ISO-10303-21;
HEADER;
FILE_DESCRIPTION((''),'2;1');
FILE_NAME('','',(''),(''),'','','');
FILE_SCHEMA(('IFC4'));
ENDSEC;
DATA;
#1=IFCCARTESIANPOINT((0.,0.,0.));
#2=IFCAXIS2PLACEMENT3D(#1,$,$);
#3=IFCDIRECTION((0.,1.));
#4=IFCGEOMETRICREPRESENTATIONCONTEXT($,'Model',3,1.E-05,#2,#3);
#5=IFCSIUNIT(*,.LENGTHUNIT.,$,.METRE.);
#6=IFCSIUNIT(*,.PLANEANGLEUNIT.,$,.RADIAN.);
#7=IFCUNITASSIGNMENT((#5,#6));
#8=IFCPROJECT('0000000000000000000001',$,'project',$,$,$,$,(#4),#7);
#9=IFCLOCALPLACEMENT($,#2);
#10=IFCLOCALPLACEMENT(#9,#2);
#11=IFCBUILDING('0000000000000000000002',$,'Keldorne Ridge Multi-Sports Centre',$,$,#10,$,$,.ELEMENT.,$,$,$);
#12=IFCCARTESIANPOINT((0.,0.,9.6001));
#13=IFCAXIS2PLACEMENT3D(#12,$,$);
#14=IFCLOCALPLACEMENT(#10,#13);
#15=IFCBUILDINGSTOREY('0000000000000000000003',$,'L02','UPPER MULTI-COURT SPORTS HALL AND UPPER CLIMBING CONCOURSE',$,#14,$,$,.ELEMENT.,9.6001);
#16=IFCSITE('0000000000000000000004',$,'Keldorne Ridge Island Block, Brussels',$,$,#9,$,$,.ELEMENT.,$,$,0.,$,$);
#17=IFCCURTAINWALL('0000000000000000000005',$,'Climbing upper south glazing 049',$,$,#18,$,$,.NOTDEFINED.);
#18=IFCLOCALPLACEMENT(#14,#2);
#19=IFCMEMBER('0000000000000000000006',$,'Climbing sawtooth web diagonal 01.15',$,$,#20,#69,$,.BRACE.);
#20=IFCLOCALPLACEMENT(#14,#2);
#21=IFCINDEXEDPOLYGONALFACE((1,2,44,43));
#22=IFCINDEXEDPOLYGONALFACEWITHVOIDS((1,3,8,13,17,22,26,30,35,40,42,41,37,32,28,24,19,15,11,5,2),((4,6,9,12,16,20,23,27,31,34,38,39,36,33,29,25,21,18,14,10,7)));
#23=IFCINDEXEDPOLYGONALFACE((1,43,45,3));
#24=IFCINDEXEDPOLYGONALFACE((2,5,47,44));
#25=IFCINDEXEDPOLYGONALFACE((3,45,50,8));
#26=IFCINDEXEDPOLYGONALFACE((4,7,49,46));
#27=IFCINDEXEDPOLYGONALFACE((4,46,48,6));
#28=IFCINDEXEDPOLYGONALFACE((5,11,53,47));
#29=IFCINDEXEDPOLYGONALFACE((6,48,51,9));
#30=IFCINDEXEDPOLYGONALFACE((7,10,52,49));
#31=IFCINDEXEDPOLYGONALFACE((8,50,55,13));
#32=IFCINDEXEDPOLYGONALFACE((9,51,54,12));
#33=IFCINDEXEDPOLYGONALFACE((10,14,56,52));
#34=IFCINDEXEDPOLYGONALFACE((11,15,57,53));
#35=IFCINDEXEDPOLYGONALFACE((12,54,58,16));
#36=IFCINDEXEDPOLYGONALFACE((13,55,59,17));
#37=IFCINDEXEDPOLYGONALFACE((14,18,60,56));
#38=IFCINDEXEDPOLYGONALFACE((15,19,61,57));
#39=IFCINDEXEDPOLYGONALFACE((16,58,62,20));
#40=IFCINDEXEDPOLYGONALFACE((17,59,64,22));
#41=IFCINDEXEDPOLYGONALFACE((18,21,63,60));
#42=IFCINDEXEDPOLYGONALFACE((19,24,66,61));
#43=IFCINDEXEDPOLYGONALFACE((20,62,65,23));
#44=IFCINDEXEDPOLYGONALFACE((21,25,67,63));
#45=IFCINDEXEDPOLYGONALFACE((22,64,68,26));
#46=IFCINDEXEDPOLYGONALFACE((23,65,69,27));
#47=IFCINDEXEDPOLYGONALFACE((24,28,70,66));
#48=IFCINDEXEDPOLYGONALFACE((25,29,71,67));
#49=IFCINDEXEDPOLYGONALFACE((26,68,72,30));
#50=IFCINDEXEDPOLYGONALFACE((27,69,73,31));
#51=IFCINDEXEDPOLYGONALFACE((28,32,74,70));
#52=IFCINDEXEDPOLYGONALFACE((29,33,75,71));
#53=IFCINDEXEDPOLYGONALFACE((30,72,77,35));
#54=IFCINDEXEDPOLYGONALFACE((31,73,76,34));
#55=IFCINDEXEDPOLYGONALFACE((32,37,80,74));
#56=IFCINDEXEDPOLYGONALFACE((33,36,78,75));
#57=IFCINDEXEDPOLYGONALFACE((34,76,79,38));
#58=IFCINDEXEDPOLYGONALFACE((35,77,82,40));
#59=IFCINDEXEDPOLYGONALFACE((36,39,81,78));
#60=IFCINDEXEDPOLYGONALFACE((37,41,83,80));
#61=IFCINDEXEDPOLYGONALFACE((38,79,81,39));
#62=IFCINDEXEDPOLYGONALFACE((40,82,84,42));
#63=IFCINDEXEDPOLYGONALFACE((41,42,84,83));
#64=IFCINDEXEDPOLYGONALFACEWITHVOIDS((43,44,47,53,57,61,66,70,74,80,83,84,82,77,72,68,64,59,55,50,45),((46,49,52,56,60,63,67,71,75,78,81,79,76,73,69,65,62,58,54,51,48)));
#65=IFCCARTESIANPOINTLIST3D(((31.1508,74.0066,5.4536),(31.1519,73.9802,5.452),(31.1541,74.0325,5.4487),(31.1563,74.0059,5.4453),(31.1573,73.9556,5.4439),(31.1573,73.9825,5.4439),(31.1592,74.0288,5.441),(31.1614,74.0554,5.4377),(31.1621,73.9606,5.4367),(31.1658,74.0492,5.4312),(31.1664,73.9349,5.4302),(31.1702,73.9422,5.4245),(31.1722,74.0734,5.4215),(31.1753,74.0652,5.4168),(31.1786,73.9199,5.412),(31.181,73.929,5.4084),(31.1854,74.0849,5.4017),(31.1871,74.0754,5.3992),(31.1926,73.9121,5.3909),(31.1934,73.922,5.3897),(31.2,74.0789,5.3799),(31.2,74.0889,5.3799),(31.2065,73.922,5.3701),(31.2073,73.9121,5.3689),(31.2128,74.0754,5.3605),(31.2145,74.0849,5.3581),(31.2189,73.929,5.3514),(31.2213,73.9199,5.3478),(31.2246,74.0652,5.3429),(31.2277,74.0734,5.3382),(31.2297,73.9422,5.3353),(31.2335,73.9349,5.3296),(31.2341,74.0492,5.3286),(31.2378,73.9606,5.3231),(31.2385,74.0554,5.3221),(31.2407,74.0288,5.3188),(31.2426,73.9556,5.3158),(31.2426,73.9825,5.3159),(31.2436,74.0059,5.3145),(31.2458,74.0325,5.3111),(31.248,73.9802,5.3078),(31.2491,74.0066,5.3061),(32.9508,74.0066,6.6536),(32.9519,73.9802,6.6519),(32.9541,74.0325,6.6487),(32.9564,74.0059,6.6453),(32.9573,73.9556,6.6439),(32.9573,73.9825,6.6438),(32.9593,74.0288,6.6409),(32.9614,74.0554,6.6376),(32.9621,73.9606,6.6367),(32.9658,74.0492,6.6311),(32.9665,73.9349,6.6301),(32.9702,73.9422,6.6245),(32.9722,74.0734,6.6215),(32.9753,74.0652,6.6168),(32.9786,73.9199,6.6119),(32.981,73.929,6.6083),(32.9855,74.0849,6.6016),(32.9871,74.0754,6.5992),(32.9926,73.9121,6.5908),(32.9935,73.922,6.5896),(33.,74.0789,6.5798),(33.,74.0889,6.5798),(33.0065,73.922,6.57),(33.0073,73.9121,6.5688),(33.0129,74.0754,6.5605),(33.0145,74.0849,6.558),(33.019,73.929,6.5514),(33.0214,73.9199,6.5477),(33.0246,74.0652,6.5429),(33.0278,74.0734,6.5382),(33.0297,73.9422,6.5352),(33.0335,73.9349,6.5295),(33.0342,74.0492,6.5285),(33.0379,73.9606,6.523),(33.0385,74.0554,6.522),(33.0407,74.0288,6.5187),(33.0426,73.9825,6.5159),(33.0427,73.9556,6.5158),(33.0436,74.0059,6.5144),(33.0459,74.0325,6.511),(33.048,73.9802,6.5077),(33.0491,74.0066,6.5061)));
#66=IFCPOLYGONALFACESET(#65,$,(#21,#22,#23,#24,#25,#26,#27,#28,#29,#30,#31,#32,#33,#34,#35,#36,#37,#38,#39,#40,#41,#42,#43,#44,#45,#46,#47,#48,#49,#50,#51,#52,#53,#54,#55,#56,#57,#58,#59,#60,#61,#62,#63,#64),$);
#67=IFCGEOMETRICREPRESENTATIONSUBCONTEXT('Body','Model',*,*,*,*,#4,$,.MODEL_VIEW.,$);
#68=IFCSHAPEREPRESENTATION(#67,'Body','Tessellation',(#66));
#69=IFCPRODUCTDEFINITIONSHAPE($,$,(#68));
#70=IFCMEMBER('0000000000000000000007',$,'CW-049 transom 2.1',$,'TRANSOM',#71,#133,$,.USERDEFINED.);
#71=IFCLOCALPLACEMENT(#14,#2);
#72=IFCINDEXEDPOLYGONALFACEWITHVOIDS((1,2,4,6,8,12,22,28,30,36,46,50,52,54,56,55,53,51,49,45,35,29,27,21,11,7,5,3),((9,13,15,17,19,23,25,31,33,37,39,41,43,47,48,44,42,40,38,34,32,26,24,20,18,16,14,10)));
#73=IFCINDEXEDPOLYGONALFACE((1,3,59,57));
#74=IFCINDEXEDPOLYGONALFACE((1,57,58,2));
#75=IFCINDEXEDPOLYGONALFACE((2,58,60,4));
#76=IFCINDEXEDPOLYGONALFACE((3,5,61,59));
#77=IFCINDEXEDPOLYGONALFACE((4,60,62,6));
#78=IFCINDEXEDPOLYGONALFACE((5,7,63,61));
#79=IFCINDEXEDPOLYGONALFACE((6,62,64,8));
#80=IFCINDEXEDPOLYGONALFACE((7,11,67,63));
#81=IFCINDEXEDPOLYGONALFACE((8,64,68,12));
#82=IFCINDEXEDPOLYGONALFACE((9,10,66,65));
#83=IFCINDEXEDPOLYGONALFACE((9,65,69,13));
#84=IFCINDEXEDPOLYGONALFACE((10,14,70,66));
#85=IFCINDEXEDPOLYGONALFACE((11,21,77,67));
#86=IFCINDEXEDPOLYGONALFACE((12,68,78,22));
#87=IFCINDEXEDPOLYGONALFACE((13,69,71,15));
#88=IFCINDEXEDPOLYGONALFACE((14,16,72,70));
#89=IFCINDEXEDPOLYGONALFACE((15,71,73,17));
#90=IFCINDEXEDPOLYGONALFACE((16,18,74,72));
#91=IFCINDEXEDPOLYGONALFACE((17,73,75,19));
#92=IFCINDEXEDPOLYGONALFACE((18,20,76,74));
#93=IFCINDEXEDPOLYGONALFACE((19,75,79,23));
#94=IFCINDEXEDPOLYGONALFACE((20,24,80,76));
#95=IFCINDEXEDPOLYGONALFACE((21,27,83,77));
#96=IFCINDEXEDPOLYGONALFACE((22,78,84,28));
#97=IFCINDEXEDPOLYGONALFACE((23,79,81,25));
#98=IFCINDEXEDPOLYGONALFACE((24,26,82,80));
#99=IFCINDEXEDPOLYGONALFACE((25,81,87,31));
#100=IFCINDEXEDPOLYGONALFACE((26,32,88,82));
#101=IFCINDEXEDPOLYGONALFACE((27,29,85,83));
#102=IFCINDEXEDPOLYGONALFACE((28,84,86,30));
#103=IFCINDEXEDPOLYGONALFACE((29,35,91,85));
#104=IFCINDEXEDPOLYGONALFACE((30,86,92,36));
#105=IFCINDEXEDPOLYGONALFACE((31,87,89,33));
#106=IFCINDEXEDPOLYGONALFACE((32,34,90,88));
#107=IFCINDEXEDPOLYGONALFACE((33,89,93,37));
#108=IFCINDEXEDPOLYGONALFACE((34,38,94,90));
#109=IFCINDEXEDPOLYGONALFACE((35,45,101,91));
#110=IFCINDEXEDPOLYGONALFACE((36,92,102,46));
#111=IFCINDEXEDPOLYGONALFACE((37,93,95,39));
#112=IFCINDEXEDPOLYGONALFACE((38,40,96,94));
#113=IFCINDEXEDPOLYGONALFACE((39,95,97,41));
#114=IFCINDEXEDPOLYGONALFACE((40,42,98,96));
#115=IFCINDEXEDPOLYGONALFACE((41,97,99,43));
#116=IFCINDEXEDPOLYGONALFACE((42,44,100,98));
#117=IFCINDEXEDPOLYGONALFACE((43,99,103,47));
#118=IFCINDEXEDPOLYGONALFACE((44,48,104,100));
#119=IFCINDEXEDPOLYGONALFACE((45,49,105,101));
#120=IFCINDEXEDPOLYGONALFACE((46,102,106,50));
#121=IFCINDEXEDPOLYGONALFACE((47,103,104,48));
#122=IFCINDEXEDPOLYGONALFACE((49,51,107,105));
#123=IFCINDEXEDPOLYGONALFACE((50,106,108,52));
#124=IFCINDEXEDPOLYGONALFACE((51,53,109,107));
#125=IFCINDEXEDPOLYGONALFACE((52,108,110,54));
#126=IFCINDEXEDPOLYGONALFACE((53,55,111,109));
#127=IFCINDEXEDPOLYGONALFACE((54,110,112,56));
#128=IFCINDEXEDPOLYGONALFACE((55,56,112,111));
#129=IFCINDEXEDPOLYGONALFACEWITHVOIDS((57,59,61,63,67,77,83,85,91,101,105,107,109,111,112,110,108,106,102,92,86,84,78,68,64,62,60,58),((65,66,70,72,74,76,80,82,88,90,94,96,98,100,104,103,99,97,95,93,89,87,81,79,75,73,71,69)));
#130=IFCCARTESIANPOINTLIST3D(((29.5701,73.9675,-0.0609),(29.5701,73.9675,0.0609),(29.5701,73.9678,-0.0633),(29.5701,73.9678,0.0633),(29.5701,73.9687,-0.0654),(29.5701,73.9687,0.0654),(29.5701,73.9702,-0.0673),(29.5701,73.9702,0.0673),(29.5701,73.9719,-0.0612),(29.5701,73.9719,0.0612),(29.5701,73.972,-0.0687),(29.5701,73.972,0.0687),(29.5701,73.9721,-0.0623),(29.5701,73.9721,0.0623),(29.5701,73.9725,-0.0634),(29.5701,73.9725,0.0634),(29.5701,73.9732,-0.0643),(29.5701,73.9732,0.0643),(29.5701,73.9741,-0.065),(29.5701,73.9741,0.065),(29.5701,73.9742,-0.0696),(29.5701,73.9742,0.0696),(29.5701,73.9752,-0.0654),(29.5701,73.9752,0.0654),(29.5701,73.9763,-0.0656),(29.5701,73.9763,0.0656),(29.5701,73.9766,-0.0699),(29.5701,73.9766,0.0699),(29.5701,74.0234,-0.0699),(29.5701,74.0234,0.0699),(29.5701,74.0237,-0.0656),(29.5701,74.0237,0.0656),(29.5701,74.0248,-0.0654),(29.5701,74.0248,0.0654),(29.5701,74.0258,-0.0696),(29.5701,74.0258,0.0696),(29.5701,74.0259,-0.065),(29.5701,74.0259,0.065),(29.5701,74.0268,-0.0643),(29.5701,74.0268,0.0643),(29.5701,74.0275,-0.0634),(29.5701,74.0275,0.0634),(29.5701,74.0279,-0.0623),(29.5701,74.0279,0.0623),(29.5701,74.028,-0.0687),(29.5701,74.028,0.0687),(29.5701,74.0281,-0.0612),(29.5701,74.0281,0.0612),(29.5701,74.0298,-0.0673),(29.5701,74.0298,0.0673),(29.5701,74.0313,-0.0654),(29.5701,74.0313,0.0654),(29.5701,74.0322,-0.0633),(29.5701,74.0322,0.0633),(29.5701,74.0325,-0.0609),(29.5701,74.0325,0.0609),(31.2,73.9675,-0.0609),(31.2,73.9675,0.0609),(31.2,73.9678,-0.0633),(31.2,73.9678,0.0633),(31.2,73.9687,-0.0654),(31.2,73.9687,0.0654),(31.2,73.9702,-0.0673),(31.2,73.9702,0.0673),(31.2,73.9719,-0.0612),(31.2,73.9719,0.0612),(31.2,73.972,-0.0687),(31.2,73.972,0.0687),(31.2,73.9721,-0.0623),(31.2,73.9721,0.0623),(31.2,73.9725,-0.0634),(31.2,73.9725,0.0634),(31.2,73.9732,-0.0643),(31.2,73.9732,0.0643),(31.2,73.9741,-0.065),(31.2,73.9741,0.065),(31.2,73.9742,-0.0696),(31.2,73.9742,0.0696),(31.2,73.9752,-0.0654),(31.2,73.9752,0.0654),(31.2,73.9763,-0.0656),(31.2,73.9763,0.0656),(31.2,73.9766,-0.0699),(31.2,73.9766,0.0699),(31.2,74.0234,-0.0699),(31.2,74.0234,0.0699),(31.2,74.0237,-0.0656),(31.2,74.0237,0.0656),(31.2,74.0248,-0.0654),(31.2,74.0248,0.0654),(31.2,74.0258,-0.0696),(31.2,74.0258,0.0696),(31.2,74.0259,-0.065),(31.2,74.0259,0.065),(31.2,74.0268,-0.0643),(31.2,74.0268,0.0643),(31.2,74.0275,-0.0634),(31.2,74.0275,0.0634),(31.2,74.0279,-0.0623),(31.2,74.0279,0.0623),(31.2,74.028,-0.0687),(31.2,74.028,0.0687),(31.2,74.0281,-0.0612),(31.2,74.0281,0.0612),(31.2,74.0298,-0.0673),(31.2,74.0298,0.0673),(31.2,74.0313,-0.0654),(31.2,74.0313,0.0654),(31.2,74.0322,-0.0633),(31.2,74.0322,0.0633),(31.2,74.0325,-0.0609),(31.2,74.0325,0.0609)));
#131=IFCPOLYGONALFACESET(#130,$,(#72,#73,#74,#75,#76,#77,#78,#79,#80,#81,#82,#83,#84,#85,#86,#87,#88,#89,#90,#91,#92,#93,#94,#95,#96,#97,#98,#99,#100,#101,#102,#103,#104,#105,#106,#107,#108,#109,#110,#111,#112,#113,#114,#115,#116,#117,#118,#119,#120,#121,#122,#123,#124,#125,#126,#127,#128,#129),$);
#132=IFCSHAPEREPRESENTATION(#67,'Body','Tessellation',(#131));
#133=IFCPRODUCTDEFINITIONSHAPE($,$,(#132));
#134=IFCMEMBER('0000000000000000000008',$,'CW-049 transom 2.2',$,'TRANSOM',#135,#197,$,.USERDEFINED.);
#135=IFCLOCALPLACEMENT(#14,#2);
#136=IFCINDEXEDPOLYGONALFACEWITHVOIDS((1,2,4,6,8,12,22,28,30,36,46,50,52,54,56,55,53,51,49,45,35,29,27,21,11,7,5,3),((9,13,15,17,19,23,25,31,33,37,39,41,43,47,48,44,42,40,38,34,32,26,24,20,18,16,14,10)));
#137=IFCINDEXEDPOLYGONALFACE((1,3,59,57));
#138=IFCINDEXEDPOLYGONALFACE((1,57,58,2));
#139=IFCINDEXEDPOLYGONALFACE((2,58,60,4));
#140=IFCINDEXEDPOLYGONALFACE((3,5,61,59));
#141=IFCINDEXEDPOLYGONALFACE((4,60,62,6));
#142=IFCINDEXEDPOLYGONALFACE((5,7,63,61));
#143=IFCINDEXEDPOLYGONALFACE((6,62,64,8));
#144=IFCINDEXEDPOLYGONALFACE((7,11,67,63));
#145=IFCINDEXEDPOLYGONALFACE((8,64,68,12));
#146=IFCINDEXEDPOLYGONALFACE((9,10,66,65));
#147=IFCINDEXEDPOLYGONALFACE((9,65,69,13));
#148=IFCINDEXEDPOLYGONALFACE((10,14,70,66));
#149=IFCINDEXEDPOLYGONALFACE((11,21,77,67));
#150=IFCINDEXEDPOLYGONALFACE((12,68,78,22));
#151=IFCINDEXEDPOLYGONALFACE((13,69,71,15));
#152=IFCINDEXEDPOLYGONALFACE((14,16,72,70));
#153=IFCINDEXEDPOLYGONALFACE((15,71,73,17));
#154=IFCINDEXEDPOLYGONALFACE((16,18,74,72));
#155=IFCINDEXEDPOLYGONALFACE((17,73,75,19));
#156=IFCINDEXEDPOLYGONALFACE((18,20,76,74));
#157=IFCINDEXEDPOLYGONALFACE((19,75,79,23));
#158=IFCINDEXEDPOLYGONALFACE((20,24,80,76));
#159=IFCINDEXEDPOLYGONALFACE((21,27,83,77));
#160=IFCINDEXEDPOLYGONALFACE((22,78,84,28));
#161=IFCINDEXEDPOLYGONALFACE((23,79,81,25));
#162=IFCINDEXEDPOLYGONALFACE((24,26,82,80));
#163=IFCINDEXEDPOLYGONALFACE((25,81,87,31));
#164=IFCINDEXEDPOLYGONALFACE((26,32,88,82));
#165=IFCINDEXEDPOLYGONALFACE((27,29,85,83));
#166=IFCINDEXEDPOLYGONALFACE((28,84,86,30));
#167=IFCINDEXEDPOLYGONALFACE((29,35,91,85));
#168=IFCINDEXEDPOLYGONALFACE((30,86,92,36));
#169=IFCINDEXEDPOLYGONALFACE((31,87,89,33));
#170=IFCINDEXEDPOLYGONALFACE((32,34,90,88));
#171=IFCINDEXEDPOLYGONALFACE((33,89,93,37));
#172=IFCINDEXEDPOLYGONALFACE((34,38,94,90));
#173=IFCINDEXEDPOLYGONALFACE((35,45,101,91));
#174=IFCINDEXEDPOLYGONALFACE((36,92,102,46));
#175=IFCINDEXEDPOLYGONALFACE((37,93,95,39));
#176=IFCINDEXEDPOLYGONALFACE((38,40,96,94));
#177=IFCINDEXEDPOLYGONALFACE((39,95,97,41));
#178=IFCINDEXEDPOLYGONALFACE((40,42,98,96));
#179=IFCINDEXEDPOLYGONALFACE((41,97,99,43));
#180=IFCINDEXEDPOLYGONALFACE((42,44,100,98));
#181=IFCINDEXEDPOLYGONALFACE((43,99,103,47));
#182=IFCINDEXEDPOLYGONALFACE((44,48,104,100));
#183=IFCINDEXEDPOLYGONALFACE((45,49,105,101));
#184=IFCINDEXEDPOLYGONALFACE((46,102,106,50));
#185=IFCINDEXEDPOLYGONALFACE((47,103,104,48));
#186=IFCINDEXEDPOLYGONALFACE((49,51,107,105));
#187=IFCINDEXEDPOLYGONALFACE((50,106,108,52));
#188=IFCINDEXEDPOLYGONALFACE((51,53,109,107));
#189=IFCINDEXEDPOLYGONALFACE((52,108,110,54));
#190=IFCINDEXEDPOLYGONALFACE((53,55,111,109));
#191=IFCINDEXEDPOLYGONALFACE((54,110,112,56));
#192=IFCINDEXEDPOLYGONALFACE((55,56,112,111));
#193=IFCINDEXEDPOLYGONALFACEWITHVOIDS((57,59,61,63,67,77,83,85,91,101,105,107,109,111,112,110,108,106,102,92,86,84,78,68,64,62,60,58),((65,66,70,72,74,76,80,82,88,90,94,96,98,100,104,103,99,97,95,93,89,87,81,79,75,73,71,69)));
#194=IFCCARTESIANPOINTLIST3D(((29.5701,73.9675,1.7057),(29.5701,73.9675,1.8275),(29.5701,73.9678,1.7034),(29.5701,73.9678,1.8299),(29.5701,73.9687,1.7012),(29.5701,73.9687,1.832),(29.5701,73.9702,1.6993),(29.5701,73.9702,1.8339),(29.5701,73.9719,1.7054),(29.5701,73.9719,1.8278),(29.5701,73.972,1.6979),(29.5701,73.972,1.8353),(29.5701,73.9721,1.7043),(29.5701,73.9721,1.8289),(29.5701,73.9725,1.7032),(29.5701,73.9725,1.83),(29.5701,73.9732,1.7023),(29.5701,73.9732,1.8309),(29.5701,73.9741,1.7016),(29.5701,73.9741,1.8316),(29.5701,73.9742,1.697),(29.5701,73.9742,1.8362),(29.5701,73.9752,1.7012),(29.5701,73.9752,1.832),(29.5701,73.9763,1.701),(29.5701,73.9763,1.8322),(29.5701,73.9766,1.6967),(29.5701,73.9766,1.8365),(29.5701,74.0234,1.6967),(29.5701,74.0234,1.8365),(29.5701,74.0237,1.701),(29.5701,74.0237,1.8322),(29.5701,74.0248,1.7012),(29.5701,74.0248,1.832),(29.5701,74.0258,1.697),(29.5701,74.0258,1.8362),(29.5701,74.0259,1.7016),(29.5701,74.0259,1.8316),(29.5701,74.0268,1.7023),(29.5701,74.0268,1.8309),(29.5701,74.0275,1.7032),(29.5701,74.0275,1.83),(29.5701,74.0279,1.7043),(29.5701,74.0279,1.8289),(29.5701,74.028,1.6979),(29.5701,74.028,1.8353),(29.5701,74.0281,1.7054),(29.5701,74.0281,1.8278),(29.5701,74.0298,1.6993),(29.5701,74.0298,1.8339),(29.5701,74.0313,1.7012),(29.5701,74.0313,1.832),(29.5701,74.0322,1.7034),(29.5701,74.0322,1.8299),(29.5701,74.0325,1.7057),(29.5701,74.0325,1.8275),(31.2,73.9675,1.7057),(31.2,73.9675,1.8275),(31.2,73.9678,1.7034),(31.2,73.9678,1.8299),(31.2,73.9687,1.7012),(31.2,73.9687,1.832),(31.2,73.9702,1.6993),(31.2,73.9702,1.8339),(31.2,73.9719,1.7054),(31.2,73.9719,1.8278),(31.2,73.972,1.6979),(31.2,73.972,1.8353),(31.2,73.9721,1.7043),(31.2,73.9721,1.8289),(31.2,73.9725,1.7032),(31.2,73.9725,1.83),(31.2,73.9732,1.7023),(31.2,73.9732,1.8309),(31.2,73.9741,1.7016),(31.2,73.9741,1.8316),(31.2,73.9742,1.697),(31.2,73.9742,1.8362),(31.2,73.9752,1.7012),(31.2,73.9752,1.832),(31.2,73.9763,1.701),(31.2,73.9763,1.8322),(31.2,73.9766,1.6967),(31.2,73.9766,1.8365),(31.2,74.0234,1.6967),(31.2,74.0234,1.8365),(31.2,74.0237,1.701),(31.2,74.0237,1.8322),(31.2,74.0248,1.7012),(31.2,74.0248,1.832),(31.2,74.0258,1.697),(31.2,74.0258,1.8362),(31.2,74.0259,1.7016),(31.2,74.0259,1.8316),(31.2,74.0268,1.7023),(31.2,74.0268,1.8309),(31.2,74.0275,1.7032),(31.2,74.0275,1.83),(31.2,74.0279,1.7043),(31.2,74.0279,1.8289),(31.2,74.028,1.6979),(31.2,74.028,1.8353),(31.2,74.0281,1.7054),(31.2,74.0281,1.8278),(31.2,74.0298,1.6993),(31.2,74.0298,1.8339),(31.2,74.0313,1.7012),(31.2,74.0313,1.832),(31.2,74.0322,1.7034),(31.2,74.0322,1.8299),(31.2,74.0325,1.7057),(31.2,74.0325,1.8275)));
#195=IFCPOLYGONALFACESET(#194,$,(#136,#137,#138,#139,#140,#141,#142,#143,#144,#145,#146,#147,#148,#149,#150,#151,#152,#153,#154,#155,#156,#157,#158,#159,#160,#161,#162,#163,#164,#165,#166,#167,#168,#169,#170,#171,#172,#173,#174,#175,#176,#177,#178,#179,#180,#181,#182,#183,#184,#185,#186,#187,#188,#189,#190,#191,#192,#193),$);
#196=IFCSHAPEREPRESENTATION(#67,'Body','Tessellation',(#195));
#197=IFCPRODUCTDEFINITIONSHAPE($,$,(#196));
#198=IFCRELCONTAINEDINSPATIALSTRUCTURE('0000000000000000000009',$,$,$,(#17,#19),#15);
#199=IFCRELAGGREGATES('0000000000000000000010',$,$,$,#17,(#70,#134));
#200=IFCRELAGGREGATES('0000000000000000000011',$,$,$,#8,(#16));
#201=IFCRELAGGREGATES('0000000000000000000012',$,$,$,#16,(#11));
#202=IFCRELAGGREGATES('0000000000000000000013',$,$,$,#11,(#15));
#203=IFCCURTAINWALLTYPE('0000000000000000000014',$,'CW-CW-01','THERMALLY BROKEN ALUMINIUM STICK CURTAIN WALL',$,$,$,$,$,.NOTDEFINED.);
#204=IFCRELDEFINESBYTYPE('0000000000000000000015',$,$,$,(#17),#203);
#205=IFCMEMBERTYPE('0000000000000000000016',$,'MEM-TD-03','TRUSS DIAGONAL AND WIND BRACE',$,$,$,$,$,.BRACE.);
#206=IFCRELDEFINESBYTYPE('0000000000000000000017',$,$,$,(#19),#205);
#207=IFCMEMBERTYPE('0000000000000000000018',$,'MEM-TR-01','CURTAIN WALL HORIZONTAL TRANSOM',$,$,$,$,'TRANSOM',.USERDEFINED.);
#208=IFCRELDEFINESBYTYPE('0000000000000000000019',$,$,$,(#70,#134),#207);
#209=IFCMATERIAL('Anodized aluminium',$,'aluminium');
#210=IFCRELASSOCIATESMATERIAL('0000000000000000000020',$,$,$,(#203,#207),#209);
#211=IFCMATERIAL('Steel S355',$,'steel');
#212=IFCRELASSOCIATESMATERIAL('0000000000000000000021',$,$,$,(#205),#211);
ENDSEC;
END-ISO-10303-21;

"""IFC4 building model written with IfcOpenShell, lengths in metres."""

from ifc_helpers import new_model, si_unit, direction, frame, origin, origin_2d, place, context, subcontext, project, spatial, hollow_rectangle, hollow_circle, extrude, material, material_profile, profile_set, type_object, element, aggregate, save


model = new_model("IFC4")

# Units and contexts
model_context = context("Model", 3, precision=1e-05, world=origin(), true_north=direction((0.0, 1.0)))
body_context = subcontext(model_context, "Body", "Model", "MODEL_VIEW")
ifc_project = project(units=[si_unit("LENGTHUNIT", "METRE"), si_unit("PLANEANGLEUNIT", "RADIAN")], contexts=[model_context])

# Site, building, storey
site_placement = place(None, origin())
site = spatial("IfcSite", under=ifc_project, at=site_placement, Name="Keldorne Ridge Island Block, Brussels", CompositionType="ELEMENT", RefElevation=0.0)
building_placement = place(site_placement, origin())
building = spatial("IfcBuilding", under=site, at=building_placement, Name="Keldorne Ridge Multi-Sports Centre", CompositionType="ELEMENT")
storey_placement = place(building_placement, frame((0.0, 0.0, 9.6001)))
storey = spatial("IfcBuildingStorey", under=building, at=storey_placement, Name="L02", Description="UPPER MULTI-COURT SPORTS HALL AND UPPER CLIMBING CONCOURSE", CompositionType="ELEMENT", Elevation=9.6001)

# Curtain wall
ifc_material_1 = material(Name="Anodized aluminium", Category="aluminium")
curtain_wall_type = type_object("IfcCurtainWallType", Name="CW-CW-01", Description="THERMALLY BROKEN ALUMINIUM STICK CURTAIN WALL", PredefinedType="NOTDEFINED", material=ifc_material_1)
curtain_wall_placement = place(storey_placement, origin())
curtain_wall = element("IfcCurtainWall", 1, at=curtain_wall_placement, inside=storey, type_object=curtain_wall_type, Name="Climbing upper south glazing 049", PredefinedType="NOTDEFINED")

# Member
ifc_material_2 = material(Name="Steel S355", Category="steel")
ifc_material_profile_1 = material_profile(ifc_material_2, hollow_circle(Radius=0.0889, WallThickness=0.01, at=origin_2d()), Name="CHS 177.8x10")
ifc_profile_set_1 = profile_set([ifc_material_profile_1], Name="Steel S355")
member_type_1 = type_object("IfcMemberType", Name="MEM-TD-03", Description="TRUSS DIAGONAL AND WIND BRACE", PredefinedType="BRACE", material=ifc_profile_set_1)
for number, where, z_axis, x_axis, name in (
    (2, (31.2, 74.0, 5.3799), (0.832068, 0.0, 0.554674), (0.0, 1.0, 0.0), "Climbing sawtooth web diagonal 01.15"),
):
    element("IfcMember", number, at=place(storey_placement, frame(where, z_axis=z_axis, x_axis=x_axis)), inside=storey, type_object=member_type_1, Name=name, PredefinedType="BRACE", context=body_context, shape_type="SweptSolid", body=[
        extrude(hollow_circle(Radius=0.0889, WallThickness=0.01, at=origin_2d()), origin(), (0.0, 0.0, 1.0), 2.1633),
    ])

# Members
ifc_material_profile_2 = material_profile(ifc_material_1, hollow_rectangle(XDim=0.0649, YDim=0.1399, WallThickness=0.0044, InnerFilletRadius=0.0044, OuterFilletRadius=0.009, at=origin_2d()), Name="ALU TRANSOM 140x65x4.5")
ifc_profile_set_2 = profile_set([ifc_material_profile_2], Name="Anodized aluminium")
member_type_2 = type_object("IfcMemberType", Name="MEM-TR-01", Description="CURTAIN WALL HORIZONTAL TRANSOM", ElementType="TRANSOM", PredefinedType="USERDEFINED", material=ifc_profile_set_2)
member_1_placement = place(storey_placement, frame((29.5701, 74.0, 0.0), z_axis=(1.0, 0.0, 0.0), x_axis=(0.0, 1.0, 0.0)))
member_1 = element("IfcMember", 3, at=member_1_placement, type_object=member_type_2, Name="CW-049 transom 2.1", ObjectType="TRANSOM", PredefinedType="USERDEFINED", context=body_context, shape_type="SweptSolid", body=[
    extrude(hollow_rectangle(XDim=0.0649, YDim=0.1399, WallThickness=0.0044, InnerFilletRadius=0.0044, OuterFilletRadius=0.009, at=origin_2d()), origin(), (0.0, 0.0, 1.0), 1.6299),
])
member_2_placement = place(storey_placement, frame((29.5701, 74.0, 1.7666), z_axis=(1.0, 0.0, 0.0), x_axis=(0.0, 1.0, 0.0)))
member_2 = element("IfcMember", 4, at=member_2_placement, type_object=member_type_2, Name="CW-049 transom 2.2", ObjectType="TRANSOM", PredefinedType="USERDEFINED", context=body_context, shape_type="SweptSolid", body=[
    extrude(hollow_rectangle(XDim=0.0649, YDim=0.1399, WallThickness=0.0044, InnerFilletRadius=0.0044, OuterFilletRadius=0.009, at=origin_2d()), origin(), (0.0, 0.0, 1.0), 1.6299),
])

aggregate(curtain_wall, [member_1, member_2])

save(model, "model.ifc")
